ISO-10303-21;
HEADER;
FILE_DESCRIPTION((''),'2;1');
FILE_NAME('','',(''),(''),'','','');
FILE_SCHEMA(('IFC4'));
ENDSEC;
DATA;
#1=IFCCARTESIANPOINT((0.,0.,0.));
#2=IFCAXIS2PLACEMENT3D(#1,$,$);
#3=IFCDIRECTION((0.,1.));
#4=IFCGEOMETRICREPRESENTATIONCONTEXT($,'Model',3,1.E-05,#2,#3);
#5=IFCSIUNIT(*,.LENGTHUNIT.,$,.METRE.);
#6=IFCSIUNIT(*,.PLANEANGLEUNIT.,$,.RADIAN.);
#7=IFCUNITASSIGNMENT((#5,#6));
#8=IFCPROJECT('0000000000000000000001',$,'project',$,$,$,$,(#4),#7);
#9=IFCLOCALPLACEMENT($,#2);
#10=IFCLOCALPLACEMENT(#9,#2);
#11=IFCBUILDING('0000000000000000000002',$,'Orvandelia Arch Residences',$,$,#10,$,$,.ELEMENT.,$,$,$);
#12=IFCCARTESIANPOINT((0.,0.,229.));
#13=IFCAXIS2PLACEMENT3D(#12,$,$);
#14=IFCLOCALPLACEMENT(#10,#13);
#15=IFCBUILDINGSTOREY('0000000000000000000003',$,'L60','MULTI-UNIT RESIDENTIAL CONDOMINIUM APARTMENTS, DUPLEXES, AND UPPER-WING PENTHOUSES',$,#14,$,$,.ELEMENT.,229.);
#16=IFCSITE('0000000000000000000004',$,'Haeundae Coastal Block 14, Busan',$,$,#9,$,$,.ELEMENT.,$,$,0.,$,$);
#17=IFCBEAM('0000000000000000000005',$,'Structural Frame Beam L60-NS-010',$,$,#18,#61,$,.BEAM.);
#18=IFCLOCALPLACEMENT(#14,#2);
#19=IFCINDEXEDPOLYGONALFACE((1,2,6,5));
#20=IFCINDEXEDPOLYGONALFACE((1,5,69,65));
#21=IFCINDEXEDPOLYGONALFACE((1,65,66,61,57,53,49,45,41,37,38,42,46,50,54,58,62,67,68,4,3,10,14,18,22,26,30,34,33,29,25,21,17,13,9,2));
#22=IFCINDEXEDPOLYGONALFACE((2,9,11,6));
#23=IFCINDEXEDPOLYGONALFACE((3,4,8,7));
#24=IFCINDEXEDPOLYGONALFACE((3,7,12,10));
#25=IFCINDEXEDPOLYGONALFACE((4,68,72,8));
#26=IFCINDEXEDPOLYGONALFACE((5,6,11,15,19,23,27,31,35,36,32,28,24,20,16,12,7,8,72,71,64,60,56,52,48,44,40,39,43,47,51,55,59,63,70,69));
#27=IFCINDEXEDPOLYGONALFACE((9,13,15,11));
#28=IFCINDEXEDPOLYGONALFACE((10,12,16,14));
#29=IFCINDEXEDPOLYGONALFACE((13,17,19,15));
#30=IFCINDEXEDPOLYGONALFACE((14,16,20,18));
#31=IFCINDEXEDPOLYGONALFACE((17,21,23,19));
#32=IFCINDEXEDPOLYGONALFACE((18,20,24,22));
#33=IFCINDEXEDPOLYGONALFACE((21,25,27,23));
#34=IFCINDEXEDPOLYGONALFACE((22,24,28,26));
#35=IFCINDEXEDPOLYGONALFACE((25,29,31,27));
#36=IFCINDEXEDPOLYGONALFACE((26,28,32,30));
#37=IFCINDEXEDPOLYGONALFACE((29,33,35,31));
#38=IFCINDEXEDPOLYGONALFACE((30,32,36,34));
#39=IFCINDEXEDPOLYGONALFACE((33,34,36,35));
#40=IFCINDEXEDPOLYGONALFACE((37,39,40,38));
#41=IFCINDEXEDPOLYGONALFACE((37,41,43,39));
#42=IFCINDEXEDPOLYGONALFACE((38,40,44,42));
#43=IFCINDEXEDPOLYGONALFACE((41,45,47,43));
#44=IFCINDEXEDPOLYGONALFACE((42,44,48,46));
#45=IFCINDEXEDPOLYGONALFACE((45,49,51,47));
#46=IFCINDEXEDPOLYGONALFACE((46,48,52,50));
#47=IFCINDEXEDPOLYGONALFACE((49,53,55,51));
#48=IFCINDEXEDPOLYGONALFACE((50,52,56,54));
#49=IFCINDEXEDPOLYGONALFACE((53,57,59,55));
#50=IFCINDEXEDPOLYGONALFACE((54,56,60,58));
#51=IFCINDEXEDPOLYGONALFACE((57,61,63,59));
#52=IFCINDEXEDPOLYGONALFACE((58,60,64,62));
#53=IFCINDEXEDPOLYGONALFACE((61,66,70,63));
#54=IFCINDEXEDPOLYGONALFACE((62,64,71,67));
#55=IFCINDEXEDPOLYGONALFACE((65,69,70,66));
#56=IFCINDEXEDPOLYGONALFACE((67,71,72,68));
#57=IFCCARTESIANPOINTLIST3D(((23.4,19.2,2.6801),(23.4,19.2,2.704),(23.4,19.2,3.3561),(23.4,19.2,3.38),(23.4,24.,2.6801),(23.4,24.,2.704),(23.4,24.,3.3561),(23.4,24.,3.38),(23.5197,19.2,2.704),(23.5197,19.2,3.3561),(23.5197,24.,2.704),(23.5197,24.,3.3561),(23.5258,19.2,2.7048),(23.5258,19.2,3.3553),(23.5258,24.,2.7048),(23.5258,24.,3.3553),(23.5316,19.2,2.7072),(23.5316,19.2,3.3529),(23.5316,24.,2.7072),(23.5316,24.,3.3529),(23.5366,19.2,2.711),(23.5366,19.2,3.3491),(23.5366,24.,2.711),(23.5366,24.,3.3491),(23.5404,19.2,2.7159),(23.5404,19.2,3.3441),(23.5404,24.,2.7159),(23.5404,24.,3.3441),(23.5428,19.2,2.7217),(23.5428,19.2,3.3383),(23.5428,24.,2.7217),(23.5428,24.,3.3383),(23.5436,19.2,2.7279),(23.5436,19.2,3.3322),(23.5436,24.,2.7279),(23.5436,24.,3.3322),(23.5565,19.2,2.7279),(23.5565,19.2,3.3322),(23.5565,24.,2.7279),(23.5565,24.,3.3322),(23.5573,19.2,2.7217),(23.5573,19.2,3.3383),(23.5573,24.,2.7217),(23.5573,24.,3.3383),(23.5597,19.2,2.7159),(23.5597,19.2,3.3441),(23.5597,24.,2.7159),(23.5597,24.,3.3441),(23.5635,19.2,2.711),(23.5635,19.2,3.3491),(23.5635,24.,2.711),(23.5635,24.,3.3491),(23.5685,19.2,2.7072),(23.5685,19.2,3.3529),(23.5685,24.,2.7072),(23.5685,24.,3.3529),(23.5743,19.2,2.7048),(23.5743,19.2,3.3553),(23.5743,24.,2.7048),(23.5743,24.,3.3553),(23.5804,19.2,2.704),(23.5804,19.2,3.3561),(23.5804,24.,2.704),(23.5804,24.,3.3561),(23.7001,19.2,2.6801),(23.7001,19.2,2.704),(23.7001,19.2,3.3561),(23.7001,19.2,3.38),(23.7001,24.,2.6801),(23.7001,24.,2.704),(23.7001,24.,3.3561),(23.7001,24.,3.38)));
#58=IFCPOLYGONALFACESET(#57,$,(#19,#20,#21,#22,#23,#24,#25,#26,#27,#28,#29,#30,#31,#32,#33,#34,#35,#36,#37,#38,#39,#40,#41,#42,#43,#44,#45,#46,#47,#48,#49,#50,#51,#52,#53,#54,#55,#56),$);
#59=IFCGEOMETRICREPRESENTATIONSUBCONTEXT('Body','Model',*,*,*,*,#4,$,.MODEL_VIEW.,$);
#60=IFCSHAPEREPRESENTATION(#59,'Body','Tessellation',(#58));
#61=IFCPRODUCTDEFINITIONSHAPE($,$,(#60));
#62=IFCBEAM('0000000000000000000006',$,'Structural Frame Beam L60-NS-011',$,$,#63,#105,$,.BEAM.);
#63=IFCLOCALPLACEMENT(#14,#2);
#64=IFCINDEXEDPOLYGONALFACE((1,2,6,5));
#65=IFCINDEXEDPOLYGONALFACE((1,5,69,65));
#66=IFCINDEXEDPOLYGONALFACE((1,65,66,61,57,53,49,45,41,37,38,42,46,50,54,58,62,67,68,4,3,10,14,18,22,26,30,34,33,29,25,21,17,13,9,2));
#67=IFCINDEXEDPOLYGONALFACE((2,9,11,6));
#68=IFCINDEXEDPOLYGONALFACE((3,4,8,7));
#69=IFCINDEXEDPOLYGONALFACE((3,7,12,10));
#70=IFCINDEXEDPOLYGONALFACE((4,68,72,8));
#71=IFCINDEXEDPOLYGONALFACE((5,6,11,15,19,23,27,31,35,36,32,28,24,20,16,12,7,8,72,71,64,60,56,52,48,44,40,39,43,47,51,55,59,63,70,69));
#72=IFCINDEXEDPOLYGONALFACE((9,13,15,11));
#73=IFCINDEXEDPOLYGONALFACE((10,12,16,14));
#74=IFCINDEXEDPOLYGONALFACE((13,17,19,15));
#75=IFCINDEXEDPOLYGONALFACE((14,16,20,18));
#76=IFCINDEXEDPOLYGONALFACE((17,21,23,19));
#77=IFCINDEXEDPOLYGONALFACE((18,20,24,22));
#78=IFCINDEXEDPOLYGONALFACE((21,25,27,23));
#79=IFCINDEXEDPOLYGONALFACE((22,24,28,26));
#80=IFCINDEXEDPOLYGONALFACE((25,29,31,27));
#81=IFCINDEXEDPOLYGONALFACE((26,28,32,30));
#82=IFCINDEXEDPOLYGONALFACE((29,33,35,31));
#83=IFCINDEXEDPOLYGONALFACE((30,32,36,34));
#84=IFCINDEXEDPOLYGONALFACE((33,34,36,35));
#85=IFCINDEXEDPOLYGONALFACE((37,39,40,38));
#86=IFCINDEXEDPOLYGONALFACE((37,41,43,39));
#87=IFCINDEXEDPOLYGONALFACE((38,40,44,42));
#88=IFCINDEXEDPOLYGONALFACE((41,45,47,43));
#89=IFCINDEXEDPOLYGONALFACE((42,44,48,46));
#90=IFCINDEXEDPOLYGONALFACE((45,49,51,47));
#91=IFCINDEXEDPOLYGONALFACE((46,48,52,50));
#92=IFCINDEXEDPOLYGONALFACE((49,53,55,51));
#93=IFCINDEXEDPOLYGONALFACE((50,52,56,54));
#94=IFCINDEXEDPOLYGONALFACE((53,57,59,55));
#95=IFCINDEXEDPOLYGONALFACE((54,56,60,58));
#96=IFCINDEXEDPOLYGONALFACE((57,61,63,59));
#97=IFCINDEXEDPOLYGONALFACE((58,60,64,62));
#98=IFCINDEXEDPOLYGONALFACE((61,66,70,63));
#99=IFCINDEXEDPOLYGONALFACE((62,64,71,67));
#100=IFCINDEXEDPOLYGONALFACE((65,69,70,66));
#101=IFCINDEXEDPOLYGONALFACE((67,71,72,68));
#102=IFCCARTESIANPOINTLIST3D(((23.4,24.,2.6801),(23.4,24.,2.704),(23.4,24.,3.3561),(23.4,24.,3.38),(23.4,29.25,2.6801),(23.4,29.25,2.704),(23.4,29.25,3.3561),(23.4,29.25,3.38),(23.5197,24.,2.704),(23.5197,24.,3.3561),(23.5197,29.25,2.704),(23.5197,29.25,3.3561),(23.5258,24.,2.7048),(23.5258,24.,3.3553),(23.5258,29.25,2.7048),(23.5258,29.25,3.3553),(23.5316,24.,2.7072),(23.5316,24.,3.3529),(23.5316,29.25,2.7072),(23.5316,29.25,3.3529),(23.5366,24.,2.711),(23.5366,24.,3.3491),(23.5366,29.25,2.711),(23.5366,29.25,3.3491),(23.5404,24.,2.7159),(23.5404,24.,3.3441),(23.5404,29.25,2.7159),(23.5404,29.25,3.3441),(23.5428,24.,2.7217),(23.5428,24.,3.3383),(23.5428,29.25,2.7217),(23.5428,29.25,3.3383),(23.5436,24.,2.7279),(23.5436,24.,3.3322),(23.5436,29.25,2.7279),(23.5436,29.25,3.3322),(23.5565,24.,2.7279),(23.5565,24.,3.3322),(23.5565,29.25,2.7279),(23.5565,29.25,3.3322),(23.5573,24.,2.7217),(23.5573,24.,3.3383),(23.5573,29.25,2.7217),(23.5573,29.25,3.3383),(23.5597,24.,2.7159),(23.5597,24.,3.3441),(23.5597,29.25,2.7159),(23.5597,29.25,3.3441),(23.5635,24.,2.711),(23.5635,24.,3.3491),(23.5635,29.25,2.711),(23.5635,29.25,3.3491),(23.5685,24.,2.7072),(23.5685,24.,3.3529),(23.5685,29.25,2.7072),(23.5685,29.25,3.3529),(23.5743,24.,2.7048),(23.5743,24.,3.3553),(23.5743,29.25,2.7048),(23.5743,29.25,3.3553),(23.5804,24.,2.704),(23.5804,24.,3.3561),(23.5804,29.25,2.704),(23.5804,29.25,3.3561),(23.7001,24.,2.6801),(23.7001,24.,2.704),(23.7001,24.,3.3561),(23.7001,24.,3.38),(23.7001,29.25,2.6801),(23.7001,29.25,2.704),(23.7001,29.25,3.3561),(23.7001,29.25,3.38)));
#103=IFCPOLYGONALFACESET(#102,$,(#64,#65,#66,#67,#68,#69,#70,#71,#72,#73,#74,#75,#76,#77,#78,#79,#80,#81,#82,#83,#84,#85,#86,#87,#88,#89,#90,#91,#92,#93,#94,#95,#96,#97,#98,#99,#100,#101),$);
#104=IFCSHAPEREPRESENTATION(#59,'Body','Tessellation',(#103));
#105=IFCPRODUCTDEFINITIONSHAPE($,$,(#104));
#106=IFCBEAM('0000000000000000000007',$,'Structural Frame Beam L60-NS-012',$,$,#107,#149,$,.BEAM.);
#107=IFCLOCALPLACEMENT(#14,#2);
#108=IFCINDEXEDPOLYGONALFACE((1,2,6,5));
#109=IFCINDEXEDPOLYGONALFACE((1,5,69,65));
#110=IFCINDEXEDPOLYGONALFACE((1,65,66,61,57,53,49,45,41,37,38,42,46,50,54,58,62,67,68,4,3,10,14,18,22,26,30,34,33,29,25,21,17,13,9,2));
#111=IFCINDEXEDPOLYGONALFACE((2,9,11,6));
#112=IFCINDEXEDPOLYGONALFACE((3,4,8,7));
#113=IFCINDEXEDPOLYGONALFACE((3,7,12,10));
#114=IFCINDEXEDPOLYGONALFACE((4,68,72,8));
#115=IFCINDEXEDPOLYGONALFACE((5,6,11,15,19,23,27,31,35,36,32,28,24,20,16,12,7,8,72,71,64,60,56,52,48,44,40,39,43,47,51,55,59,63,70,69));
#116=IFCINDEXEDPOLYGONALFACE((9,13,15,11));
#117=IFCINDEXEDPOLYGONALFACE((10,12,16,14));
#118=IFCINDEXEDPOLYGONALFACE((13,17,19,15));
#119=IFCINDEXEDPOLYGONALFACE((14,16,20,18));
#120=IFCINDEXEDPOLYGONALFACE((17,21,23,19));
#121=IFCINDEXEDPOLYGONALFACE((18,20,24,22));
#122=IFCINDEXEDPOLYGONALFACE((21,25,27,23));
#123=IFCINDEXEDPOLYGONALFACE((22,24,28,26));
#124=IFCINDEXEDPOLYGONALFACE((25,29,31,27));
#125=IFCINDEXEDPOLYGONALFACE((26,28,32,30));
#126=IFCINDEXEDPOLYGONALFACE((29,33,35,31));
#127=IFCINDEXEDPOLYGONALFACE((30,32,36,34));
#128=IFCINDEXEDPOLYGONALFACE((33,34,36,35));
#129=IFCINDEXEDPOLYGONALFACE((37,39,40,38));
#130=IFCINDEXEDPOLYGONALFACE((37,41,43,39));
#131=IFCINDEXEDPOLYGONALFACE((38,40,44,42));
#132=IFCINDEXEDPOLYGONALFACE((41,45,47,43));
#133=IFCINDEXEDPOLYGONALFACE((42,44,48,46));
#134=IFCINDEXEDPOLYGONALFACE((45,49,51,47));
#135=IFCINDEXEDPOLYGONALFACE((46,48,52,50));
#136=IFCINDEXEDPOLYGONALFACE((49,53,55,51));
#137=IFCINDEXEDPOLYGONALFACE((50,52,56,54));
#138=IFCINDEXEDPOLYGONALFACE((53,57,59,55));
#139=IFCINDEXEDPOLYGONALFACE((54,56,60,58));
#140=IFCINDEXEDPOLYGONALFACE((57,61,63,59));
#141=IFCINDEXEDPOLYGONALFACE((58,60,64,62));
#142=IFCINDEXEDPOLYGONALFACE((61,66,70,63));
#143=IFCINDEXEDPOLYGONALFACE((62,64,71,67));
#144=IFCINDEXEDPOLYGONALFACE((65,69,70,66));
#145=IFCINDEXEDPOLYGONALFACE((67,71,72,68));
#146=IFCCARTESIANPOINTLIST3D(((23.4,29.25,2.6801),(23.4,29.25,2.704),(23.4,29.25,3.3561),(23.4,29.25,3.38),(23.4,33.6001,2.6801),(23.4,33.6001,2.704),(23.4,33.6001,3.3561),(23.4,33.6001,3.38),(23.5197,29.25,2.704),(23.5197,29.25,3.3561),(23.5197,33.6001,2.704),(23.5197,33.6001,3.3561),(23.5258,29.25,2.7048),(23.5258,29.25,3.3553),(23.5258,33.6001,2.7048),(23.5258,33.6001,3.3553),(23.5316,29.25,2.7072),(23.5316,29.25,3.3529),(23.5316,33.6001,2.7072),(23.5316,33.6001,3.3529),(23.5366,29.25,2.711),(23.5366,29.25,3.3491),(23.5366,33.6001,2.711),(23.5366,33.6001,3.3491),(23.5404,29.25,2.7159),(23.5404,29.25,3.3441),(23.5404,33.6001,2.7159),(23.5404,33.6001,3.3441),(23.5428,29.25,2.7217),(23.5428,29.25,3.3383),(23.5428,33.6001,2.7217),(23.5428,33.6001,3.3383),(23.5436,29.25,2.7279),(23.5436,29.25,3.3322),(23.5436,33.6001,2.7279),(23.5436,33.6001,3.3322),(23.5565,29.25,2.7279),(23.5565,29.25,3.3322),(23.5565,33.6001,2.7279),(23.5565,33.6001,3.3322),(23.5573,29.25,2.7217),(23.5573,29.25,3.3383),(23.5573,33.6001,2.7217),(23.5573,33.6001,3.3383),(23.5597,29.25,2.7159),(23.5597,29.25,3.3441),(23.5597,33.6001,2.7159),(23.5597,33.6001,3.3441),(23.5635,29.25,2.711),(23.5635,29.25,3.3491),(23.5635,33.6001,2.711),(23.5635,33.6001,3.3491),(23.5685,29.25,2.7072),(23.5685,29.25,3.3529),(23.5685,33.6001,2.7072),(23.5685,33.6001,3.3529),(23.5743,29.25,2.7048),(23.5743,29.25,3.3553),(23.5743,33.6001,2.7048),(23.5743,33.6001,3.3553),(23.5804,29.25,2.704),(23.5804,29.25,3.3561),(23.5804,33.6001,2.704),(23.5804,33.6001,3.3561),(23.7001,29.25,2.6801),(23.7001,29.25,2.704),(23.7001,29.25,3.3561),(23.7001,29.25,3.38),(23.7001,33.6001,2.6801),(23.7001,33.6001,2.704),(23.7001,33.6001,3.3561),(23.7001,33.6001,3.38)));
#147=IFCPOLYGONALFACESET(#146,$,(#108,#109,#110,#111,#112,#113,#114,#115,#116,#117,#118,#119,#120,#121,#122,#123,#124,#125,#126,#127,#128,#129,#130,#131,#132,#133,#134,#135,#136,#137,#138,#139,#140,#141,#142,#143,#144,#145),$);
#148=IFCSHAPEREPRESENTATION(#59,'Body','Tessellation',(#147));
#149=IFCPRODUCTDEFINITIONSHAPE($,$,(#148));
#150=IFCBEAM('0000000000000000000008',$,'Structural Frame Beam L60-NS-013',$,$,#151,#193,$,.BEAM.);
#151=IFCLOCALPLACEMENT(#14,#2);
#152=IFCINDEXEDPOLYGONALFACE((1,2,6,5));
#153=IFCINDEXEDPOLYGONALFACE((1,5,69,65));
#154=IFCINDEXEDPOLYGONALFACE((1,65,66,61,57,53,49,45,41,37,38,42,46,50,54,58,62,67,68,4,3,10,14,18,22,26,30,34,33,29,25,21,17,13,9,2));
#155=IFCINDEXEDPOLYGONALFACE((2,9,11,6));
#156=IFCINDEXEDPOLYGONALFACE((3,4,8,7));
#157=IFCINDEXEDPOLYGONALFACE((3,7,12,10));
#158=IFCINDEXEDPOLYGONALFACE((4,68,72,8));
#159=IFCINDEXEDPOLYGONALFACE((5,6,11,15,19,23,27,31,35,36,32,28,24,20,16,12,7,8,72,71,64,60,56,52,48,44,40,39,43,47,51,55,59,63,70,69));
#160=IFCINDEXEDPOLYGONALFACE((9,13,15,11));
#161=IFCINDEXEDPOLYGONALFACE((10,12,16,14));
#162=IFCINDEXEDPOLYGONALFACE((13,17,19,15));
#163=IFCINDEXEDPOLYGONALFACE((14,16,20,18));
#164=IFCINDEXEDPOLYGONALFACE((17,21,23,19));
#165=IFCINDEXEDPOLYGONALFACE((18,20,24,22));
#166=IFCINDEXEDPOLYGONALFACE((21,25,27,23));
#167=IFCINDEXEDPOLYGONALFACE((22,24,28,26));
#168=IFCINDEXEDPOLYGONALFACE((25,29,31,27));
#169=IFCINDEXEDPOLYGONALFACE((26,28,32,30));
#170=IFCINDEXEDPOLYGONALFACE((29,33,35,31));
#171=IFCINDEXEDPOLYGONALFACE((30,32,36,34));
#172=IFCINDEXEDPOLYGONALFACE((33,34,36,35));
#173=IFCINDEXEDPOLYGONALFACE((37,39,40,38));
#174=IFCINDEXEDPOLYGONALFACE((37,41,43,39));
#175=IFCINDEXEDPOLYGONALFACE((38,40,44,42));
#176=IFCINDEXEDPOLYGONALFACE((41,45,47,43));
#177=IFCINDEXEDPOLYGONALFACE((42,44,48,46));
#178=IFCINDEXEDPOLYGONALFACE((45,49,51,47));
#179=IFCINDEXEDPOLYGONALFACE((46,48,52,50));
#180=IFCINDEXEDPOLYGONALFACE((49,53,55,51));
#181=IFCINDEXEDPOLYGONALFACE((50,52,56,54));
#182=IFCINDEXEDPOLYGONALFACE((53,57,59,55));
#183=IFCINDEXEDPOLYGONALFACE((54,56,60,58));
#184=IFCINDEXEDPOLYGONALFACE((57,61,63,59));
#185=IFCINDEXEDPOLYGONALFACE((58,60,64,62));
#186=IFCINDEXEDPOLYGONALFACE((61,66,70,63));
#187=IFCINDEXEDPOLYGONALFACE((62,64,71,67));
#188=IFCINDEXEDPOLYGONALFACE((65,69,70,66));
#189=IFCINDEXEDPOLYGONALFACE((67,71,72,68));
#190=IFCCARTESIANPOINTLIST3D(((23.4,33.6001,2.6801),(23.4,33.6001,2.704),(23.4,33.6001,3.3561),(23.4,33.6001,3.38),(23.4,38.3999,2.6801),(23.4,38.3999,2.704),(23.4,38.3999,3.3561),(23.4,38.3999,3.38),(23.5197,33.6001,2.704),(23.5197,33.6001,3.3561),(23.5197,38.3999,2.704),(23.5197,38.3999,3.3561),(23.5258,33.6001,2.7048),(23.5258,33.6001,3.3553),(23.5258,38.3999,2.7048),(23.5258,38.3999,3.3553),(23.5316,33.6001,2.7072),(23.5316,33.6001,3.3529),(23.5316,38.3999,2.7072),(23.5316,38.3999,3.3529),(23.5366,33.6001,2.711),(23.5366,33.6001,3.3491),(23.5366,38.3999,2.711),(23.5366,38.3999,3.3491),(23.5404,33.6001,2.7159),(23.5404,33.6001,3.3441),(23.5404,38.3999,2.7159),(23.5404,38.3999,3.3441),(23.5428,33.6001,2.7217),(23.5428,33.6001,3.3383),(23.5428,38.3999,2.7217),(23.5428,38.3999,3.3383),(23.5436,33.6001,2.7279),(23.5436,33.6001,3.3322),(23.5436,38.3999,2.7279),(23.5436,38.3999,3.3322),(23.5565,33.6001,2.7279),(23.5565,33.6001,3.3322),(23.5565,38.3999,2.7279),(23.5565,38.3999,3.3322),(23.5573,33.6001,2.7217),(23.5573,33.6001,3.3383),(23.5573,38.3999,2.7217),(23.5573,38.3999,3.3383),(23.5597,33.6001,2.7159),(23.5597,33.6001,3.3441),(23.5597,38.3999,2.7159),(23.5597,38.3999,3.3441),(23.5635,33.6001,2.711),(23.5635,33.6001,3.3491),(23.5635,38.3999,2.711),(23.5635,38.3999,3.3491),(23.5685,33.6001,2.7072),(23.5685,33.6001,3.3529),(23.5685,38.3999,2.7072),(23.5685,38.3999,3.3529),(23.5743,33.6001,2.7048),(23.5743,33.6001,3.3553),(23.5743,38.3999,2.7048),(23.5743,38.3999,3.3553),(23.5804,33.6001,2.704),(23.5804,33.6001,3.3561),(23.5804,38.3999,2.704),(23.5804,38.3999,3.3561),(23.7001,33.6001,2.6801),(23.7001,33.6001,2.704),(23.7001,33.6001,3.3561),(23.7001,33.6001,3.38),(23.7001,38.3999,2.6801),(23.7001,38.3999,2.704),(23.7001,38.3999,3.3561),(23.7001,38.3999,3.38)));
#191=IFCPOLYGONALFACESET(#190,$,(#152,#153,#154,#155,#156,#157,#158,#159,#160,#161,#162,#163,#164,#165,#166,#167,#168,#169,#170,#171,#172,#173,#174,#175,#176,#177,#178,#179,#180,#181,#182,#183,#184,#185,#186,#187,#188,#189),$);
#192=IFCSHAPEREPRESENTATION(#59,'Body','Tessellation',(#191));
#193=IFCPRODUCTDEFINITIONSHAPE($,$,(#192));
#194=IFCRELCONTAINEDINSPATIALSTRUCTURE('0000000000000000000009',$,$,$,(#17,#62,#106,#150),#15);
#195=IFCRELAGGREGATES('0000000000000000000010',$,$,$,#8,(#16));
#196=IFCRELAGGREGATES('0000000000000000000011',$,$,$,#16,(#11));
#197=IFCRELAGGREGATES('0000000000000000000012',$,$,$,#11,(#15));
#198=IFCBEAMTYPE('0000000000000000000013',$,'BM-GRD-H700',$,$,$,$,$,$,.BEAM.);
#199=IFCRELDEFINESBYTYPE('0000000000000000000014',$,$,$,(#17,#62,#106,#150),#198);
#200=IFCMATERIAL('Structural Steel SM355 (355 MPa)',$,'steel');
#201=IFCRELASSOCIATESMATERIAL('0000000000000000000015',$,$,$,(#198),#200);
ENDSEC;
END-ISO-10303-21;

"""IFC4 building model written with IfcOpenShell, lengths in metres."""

from ifc_helpers import new_model, si_unit, direction, frame, origin, origin_2d, place, context, subcontext, project, spatial, i_section, extrude, material, material_profile, profile_set, type_object, element, save


model = new_model("IFC4")

# Units and contexts
model_context = context("Model", 3, precision=1e-05, world=origin(), true_north=direction((0.0, 1.0)))
body_context = subcontext(model_context, "Body", "Model", "MODEL_VIEW")
ifc_project = project(units=[si_unit("LENGTHUNIT", "METRE"), si_unit("PLANEANGLEUNIT", "RADIAN")], contexts=[model_context])

# Site, building, storey
site_placement = place(None, origin())
site = spatial("IfcSite", under=ifc_project, at=site_placement, Name="Haeundae Coastal Block 14, Busan", CompositionType="ELEMENT", RefElevation=0.0)
building_placement = place(site_placement, origin())
building = spatial("IfcBuilding", under=site, at=building_placement, Name="Orvandelia Arch Residences", CompositionType="ELEMENT")
storey_placement = place(building_placement, frame((0.0, 0.0, 229.0)))
storey = spatial("IfcBuildingStorey", under=building, at=storey_placement, Name="L60", Description="MULTI-UNIT RESIDENTIAL CONDOMINIUM APARTMENTS, DUPLEXES, AND UPPER-WING PENTHOUSES", CompositionType="ELEMENT", Elevation=229.0)

# Beams
ifc_material_1 = material(Name="Structural Steel SM355 (355 MPa)", Category="steel")
ifc_material_profile_1 = material_profile(ifc_material_1, i_section(OverallWidth=0.3, OverallDepth=0.7, WebThickness=0.0129, FlangeThickness=0.0239, FilletRadius=0.0239, at=origin_2d()), Name="Structural Steel SM355 (355 MPa)", Category="steel")
ifc_profile_set_1 = profile_set([ifc_material_profile_1], Name="Structural Steel SM355 (355 MPa)")
beam_type = type_object("IfcBeamType", Name="BM-GRD-H700", PredefinedType="BEAM", material=ifc_profile_set_1)
for number, where, z_axis, x_axis, name in (
    (1, (23.55, 19.2, 3.03), (0.0, 1.0, 0.0), (-1.0, 0.0, 0.0), "Structural Frame Beam L60-NS-010"),
):
    element("IfcBeam", number, at=place(storey_placement, frame(where, z_axis=z_axis, x_axis=x_axis)), inside=storey, type_object=beam_type, Name=name, PredefinedType="BEAM", context=body_context, shape_type="SweptSolid", body=[
        extrude(i_section(OverallWidth=0.3, OverallDepth=0.7, WebThickness=0.0129, FlangeThickness=0.0239, FilletRadius=0.0239, at=origin_2d()), origin(), (0.0, 0.0, 1.0), 4.8),
    ])
beam_1_placement = place(storey_placement, frame((23.55, 24.0, 3.03), z_axis=(0.0, 1.0, 0.0), x_axis=(-1.0, 0.0, 0.0)))
element("IfcBeam", 2, at=beam_1_placement, inside=storey, type_object=beam_type, Name="Structural Frame Beam L60-NS-011", PredefinedType="BEAM", context=body_context, shape_type="SweptSolid", body=[
    extrude(i_section(OverallWidth=0.3, OverallDepth=0.7, WebThickness=0.0129, FlangeThickness=0.0239, FilletRadius=0.0239, at=origin_2d()), origin(), (0.0, 0.0, 1.0), 5.25),
])
beam_2_placement = place(storey_placement, frame((23.55, 29.25, 3.03), z_axis=(0.0, 1.0, 0.0), x_axis=(-1.0, 0.0, 0.0)))
element("IfcBeam", 3, at=beam_2_placement, inside=storey, type_object=beam_type, Name="Structural Frame Beam L60-NS-012", PredefinedType="BEAM", context=body_context, shape_type="SweptSolid", body=[
    extrude(i_section(OverallWidth=0.3, OverallDepth=0.7, WebThickness=0.0129, FlangeThickness=0.0239, FilletRadius=0.0239, at=origin_2d()), origin(), (0.0, 0.0, 1.0), 4.3501),
])
beam_3_placement = place(storey_placement, frame((23.55, 33.6001, 3.03), z_axis=(0.0, 1.0, 0.0), x_axis=(-1.0, 0.0, 0.0)))
element("IfcBeam", 4, at=beam_3_placement, inside=storey, type_object=beam_type, Name="Structural Frame Beam L60-NS-013", PredefinedType="BEAM", context=body_context, shape_type="SweptSolid", body=[
    extrude(i_section(OverallWidth=0.3, OverallDepth=0.7, WebThickness=0.0129, FlangeThickness=0.0239, FilletRadius=0.0239, at=origin_2d()), origin(), (0.0, 0.0, 1.0), 4.7998),
])

save(model, "model.ifc")
